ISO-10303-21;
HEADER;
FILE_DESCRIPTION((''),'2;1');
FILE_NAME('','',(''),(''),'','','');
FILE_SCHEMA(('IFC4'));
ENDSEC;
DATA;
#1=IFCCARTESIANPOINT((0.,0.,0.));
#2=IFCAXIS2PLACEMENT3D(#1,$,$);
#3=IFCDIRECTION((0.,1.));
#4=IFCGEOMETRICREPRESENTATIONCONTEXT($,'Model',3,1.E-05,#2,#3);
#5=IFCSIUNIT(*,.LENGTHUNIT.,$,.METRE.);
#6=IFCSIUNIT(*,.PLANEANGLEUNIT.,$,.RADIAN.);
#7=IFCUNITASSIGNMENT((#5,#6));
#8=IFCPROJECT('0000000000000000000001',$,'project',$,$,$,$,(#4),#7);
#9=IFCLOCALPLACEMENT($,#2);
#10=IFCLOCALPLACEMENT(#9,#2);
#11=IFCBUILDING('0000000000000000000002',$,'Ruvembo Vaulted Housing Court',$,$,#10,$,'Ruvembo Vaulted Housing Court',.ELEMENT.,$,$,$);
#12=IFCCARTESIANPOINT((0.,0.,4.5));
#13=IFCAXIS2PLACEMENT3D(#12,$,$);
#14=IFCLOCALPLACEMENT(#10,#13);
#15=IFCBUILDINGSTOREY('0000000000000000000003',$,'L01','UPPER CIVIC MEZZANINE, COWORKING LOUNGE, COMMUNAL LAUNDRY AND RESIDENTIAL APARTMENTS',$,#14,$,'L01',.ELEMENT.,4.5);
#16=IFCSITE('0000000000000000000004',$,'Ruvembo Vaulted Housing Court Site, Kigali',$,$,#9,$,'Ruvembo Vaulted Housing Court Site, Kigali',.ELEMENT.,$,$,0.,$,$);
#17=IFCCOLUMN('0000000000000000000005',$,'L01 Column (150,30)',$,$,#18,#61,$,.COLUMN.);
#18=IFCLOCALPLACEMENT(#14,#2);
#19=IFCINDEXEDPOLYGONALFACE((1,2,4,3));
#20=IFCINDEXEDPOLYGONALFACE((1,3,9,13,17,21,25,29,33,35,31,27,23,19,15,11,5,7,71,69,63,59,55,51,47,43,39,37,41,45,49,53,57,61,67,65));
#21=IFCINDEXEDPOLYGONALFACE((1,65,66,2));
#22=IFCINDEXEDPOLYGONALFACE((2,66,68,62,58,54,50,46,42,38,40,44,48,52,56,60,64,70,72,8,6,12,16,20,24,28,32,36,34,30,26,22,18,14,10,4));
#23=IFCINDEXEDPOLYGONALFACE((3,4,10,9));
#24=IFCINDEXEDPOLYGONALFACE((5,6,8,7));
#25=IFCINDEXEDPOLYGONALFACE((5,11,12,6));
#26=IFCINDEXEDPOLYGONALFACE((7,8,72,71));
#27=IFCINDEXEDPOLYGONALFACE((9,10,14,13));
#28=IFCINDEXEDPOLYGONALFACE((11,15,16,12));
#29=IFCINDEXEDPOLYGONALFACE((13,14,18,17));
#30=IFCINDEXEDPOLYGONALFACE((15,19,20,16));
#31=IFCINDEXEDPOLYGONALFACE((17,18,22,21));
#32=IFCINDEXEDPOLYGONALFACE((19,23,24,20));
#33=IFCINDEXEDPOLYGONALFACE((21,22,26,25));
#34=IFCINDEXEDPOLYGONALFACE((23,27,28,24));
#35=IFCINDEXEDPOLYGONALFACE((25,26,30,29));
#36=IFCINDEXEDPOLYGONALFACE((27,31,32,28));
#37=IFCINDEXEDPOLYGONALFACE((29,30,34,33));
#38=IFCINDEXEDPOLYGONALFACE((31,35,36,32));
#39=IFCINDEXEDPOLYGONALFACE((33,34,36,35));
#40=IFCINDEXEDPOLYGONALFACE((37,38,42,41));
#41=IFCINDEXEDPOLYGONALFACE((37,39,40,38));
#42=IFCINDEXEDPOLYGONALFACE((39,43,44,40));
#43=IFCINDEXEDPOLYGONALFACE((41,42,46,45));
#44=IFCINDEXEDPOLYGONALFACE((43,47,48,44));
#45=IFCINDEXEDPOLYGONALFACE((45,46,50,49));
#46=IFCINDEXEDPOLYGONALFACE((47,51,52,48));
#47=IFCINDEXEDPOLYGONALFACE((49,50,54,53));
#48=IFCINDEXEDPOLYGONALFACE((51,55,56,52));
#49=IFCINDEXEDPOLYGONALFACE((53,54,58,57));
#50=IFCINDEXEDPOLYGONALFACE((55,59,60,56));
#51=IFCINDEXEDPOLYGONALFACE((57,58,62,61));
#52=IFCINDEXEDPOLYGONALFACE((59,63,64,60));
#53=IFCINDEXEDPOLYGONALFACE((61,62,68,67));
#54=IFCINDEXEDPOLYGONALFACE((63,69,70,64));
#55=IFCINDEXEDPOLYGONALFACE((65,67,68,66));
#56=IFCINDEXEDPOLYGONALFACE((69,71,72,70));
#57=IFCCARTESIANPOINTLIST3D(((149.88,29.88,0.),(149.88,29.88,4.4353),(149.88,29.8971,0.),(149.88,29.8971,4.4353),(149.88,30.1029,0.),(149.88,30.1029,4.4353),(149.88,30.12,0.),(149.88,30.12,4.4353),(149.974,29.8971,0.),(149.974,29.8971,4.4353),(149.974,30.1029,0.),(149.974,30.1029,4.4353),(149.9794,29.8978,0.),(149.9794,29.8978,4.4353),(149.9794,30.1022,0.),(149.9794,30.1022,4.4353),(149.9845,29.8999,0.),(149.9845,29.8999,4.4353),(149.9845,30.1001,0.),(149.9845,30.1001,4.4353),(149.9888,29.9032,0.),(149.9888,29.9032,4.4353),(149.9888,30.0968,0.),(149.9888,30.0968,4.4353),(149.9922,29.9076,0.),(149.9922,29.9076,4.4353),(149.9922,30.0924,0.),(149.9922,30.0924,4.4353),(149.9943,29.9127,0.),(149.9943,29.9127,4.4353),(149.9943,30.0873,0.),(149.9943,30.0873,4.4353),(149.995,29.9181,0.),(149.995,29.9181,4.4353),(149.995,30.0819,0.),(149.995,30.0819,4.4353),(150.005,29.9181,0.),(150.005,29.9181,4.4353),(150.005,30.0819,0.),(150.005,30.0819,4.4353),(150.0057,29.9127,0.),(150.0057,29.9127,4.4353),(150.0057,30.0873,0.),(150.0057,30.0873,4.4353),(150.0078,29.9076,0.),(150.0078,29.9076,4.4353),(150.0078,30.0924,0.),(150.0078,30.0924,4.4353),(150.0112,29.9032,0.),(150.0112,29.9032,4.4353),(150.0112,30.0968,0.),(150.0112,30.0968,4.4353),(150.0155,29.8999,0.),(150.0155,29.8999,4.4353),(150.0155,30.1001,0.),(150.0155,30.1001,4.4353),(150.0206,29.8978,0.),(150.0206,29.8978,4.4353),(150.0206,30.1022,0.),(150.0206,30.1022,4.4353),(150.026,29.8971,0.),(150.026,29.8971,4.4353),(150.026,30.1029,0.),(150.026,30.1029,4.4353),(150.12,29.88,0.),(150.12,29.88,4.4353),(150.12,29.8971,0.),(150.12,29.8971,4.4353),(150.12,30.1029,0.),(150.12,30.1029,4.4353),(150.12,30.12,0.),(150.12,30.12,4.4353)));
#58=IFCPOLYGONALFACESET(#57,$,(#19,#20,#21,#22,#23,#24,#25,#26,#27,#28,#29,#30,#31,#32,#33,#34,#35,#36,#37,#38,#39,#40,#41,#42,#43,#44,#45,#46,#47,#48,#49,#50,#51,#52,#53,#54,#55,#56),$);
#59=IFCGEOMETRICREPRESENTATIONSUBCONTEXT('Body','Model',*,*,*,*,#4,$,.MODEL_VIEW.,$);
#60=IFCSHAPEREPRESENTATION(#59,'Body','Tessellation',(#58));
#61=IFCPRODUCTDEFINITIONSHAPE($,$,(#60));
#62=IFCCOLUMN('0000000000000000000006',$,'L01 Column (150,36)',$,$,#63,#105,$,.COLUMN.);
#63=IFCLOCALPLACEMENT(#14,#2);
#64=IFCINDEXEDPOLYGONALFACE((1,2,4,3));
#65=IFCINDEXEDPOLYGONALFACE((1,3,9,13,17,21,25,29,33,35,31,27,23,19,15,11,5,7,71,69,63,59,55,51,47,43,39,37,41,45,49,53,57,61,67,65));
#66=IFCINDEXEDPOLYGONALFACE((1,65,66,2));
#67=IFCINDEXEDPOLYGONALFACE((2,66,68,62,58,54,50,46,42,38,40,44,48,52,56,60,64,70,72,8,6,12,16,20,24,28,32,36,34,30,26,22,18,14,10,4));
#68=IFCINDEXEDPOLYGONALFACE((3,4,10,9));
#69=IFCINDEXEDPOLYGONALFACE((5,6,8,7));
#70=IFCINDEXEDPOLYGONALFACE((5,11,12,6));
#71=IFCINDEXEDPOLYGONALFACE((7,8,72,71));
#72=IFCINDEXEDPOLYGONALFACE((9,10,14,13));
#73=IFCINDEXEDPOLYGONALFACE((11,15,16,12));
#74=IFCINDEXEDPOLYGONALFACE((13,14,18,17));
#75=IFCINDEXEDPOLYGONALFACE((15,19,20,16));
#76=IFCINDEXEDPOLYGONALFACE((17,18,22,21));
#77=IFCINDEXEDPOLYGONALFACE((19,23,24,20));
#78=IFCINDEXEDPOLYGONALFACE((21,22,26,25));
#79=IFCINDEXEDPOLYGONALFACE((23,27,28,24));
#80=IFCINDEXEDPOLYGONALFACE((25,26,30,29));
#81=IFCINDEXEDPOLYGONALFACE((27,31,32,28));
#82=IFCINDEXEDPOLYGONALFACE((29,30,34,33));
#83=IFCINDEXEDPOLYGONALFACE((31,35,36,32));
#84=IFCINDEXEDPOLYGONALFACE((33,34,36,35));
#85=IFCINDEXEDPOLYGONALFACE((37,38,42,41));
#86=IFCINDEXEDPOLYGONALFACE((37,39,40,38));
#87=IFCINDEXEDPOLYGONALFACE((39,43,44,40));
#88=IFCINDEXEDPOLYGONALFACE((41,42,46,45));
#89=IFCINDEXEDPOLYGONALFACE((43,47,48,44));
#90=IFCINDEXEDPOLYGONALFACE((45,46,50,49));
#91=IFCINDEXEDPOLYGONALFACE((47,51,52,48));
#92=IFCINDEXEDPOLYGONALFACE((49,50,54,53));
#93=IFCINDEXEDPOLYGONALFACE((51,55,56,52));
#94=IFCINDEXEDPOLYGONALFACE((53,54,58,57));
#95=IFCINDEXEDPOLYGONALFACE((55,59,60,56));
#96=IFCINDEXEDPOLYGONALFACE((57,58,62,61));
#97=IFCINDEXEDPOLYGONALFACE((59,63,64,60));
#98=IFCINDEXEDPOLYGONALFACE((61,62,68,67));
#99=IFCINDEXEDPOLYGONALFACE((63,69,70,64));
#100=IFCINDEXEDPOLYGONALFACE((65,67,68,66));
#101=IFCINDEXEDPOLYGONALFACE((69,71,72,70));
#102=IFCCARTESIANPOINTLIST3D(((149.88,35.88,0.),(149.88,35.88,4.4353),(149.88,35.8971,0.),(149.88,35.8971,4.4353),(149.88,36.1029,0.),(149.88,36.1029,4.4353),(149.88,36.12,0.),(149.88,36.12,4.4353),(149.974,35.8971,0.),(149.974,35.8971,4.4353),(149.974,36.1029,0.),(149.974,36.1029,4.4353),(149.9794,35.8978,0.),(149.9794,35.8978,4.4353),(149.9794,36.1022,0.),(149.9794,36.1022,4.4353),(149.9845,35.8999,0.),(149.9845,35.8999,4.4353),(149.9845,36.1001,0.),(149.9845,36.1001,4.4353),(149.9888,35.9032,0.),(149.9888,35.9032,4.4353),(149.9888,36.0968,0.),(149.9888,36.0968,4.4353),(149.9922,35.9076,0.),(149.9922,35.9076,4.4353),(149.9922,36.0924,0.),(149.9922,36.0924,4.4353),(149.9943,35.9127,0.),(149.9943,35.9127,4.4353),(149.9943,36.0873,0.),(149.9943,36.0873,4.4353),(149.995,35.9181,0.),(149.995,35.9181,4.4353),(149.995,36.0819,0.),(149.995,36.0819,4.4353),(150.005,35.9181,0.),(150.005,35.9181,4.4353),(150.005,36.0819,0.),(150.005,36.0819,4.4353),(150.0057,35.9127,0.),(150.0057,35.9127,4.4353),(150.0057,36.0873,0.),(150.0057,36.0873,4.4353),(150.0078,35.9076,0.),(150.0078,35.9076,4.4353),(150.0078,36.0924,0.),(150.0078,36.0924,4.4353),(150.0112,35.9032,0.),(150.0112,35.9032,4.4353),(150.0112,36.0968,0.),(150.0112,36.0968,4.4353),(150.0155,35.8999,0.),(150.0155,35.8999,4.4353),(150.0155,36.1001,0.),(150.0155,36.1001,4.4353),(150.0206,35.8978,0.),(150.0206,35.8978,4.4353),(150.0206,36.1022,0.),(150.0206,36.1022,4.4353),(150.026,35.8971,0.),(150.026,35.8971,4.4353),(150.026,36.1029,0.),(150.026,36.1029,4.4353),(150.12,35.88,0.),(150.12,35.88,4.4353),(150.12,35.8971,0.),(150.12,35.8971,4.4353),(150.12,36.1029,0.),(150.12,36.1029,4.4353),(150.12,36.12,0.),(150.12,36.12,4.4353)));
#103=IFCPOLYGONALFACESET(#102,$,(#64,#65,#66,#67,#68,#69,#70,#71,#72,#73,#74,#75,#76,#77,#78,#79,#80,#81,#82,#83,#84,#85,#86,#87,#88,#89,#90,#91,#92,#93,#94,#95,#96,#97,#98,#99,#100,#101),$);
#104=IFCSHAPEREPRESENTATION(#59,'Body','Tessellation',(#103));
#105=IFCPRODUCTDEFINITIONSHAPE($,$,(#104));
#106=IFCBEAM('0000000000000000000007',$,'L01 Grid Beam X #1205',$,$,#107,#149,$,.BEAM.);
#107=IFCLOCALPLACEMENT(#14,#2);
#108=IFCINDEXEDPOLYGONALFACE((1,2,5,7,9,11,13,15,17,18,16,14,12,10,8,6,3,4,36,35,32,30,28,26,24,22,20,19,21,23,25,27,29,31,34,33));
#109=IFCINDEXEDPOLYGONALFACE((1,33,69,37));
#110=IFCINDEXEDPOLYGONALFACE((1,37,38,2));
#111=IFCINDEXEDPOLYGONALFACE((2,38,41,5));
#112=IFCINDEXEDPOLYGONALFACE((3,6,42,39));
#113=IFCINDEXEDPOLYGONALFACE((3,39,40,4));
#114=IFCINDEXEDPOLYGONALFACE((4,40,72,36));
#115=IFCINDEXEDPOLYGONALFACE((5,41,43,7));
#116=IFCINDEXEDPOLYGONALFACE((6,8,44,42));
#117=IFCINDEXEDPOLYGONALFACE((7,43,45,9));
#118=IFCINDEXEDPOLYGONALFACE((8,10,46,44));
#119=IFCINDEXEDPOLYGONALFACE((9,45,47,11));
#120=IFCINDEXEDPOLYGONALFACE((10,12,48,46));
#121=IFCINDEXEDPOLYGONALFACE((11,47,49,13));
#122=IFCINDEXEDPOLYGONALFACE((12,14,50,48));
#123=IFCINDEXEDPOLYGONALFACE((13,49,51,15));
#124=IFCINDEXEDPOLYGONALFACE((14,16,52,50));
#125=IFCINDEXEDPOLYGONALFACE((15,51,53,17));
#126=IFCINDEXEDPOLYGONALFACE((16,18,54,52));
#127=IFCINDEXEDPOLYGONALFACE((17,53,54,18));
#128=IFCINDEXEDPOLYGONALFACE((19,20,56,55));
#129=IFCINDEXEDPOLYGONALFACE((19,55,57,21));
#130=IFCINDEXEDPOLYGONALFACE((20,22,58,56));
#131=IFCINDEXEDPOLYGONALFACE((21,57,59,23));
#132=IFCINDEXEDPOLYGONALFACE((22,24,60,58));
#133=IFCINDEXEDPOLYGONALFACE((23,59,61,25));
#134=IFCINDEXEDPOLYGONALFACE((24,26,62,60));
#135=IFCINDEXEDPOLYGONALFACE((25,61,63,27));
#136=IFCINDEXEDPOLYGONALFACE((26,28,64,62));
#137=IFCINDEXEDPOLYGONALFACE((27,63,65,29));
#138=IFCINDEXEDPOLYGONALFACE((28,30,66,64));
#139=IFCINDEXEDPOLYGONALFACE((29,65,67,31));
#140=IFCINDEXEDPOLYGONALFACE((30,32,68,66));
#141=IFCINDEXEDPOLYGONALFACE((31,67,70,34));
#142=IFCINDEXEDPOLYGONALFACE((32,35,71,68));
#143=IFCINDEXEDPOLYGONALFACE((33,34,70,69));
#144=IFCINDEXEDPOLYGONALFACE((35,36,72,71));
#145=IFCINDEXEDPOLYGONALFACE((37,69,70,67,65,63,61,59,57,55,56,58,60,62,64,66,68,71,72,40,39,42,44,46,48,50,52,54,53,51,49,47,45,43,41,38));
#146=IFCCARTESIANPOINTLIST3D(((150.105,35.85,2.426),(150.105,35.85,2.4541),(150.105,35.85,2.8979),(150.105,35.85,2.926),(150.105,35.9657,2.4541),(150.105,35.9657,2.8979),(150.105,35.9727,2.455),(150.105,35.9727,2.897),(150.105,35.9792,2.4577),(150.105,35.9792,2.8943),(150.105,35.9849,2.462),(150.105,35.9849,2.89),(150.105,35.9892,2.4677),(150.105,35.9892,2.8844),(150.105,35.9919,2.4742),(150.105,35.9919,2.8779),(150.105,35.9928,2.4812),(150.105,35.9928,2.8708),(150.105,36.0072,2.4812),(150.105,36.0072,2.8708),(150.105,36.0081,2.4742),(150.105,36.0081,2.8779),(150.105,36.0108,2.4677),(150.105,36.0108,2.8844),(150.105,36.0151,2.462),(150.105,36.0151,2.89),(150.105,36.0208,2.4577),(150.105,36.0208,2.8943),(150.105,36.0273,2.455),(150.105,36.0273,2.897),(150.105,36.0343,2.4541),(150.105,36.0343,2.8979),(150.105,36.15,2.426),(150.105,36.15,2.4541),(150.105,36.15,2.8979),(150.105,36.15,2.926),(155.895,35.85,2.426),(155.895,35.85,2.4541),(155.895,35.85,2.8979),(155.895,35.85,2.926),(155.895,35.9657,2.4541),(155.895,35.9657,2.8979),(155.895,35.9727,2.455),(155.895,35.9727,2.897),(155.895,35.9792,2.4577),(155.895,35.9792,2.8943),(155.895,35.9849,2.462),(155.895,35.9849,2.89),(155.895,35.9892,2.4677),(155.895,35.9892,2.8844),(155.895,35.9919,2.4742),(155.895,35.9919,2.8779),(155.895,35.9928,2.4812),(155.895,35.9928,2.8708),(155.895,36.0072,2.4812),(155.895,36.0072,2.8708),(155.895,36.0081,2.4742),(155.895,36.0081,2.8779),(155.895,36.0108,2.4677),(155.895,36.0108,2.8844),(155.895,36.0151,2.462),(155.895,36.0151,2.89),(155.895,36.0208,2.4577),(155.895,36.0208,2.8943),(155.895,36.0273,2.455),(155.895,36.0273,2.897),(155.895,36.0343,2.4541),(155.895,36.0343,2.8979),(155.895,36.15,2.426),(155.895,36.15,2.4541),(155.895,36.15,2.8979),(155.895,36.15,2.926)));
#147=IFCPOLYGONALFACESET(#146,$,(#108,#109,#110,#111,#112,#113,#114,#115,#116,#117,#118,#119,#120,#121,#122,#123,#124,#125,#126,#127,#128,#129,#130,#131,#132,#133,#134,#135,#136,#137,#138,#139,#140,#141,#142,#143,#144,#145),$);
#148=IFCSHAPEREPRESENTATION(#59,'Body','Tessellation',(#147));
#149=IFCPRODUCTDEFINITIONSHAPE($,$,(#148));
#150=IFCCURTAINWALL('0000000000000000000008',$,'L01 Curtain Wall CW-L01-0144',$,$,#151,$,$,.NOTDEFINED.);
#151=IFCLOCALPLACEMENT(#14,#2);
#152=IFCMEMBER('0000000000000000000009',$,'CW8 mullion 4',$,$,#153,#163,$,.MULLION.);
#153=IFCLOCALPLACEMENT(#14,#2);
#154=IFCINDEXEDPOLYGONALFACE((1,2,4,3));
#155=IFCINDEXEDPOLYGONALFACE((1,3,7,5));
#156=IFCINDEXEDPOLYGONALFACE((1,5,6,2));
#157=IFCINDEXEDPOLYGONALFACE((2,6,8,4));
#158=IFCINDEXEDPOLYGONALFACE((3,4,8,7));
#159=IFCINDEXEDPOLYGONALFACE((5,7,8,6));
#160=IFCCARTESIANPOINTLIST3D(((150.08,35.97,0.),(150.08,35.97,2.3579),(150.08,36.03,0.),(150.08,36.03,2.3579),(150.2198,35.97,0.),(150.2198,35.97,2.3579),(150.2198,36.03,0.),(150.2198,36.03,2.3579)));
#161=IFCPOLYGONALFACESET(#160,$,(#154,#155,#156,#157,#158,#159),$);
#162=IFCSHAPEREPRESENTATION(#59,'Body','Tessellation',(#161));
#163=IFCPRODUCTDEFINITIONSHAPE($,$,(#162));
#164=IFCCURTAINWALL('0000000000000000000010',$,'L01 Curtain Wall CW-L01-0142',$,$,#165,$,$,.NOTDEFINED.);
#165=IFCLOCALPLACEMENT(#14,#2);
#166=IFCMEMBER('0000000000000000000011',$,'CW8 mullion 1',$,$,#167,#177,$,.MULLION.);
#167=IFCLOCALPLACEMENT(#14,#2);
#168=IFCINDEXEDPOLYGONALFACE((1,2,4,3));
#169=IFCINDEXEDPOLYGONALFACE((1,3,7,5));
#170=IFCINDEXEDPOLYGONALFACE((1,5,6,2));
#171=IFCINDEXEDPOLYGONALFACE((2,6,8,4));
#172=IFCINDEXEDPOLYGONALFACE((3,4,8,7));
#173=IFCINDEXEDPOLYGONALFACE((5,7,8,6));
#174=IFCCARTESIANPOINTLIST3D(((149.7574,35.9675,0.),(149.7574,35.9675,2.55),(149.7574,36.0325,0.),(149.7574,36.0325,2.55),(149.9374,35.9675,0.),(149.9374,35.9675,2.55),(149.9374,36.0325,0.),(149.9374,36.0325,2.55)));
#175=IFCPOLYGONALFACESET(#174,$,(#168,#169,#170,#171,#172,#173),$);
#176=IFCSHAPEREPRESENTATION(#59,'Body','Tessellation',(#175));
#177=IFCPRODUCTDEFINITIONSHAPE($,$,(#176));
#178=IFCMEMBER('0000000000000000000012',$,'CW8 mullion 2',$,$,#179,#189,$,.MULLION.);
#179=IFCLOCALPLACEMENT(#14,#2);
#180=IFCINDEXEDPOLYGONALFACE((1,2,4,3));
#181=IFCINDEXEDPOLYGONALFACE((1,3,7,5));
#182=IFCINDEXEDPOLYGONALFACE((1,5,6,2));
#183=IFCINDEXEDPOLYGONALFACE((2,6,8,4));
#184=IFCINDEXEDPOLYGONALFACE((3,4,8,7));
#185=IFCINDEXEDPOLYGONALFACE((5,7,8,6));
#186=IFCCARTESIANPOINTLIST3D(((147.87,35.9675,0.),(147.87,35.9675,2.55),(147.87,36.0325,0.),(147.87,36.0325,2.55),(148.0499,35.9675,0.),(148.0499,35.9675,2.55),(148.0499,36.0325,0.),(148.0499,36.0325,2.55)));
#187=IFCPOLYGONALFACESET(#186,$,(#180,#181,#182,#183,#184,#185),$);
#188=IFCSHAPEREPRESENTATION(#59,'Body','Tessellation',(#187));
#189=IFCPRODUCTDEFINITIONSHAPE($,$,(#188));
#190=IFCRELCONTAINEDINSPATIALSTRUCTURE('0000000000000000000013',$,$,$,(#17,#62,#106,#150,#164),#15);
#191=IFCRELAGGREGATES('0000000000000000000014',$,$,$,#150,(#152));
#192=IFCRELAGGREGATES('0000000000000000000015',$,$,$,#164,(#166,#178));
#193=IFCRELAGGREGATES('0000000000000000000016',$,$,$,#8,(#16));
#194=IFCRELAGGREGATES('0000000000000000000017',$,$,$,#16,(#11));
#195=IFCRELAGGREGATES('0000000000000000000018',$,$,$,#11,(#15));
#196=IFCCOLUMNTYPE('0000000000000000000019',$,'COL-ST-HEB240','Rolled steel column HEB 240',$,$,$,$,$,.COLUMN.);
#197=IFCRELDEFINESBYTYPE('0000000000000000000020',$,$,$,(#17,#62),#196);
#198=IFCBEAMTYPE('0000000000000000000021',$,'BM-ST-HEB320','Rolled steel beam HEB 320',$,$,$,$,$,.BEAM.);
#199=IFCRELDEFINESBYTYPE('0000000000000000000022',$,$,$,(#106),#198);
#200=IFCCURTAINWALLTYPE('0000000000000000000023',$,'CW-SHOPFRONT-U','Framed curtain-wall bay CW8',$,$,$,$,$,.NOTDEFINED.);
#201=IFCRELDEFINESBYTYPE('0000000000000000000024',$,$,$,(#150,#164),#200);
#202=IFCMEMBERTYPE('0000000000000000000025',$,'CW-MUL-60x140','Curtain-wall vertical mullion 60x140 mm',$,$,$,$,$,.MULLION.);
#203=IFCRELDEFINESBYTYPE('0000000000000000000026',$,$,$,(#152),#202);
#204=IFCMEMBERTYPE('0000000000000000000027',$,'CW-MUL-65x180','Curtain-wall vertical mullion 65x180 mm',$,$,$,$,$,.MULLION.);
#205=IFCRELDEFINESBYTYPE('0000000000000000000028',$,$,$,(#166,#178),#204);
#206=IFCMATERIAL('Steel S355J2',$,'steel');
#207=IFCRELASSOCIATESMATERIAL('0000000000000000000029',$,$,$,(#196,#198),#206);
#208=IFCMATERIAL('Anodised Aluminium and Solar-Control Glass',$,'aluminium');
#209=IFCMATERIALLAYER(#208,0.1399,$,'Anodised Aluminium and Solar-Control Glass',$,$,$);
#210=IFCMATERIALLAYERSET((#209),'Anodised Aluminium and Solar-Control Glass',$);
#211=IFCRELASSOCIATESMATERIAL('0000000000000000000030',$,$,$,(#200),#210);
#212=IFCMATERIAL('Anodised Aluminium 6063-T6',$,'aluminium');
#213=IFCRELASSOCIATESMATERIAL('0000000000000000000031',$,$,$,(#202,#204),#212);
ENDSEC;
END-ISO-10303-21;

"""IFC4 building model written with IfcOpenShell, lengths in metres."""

from ifc_helpers import new_model, si_unit, direction, frame, origin, origin_2d, place, context, subcontext, project, spatial, rectangle, i_section, extrude, material, layer, layer_set, material_profile, profile_set, type_object, element, aggregate, save


model = new_model("IFC4")

# Units and contexts
model_context = context("Model", 3, precision=1e-05, world=origin(), true_north=direction((0.0, 1.0)))
body_context = subcontext(model_context, "Body", "Model", "MODEL_VIEW")
ifc_project = project(units=[si_unit("LENGTHUNIT", "METRE"), si_unit("PLANEANGLEUNIT", "RADIAN")], contexts=[model_context])

# Site, building, storey
site_placement = place(None, origin())
site = spatial("IfcSite", under=ifc_project, at=site_placement, Name="Ruvembo Vaulted Housing Court Site, Kigali", LongName="Ruvembo Vaulted Housing Court Site, Kigali", CompositionType="ELEMENT", RefElevation=0.0)
building_placement = place(site_placement, origin())
building = spatial("IfcBuilding", under=site, at=building_placement, Name="Ruvembo Vaulted Housing Court", LongName="Ruvembo Vaulted Housing Court", CompositionType="ELEMENT")
storey_placement = place(building_placement, frame((0.0, 0.0, 4.5)))
storey = spatial("IfcBuildingStorey", under=building, at=storey_placement, Name="L01", Description="UPPER CIVIC MEZZANINE, COWORKING LOUNGE, COMMUNAL LAUNDRY AND RESIDENTIAL APARTMENTS", LongName="L01", CompositionType="ELEMENT", Elevation=4.5)

# Columns
ifc_material_1 = material(Name="Steel S355J2", Category="steel")
ifc_material_profile_1 = material_profile(ifc_material_1, i_section(OverallWidth=0.24, OverallDepth=0.24, WebThickness=0.01, FlangeThickness=0.0171, FilletRadius=0.021, at=origin_2d()), Name="HEB 240")
ifc_profile_set_1 = profile_set([ifc_material_profile_1], Name="Steel S355J2")
column_type = type_object("IfcColumnType", Name="COL-ST-HEB240", Description="Rolled steel column HEB 240", PredefinedType="COLUMN", material=ifc_profile_set_1)
for number, where, z_axis, x_axis, name in (
    (1, (150.0, 30.0, 0.0), (0.0, 0.0, 1.0), (1.0, 0.0, 0.0), "L01 Column (150,30)"),
    (2, (150.0, 36.0, 0.0), (0.0, 0.0, 1.0), (1.0, 0.0, 0.0), "L01 Column (150,36)"),
):
    element("IfcColumn", number, at=place(storey_placement, frame(where, z_axis=z_axis, x_axis=x_axis)), inside=storey, type_object=column_type, Name=name, PredefinedType="COLUMN", context=body_context, shape_type="SweptSolid", body=[
        extrude(i_section(OverallWidth=0.24, OverallDepth=0.24, WebThickness=0.01, FlangeThickness=0.0171, FilletRadius=0.021, at=origin_2d()), origin(), (0.0, 0.0, 1.0), 4.4353),
    ])

# Beam
ifc_material_profile_2 = material_profile(ifc_material_1, i_section(OverallWidth=0.3, OverallDepth=0.5, WebThickness=0.0144, FlangeThickness=0.0281, FilletRadius=0.0271, at=origin_2d()), Name="HEB 320")
ifc_profile_set_2 = profile_set([ifc_material_profile_2], Name="Steel S355J2")
beam_type = type_object("IfcBeamType", Name="BM-ST-HEB320", Description="Rolled steel beam HEB 320", PredefinedType="BEAM", material=ifc_profile_set_2)
beam_placement = place(storey_placement, frame((150.105, 36.0, 2.676), z_axis=(1.0, 0.0, 0.0), x_axis=(0.0, 1.0, 0.0)))
element("IfcBeam", 3, at=beam_placement, inside=storey, type_object=beam_type, Name="L01 Grid Beam X #1205", PredefinedType="BEAM", context=body_context, shape_type="SweptSolid", body=[
    extrude(i_section(OverallWidth=0.3, OverallDepth=0.5, WebThickness=0.0144, FlangeThickness=0.0281, FilletRadius=0.0271, at=origin_2d()), origin(), (0.0, 0.0, 1.0), 5.79),
])

# Curtain wall, member
ifc_material_2 = material(Name="Anodised Aluminium and Solar-Control Glass", Category="aluminium")
ifc_layer_1 = layer(ifc_material_2, 0.1399, Name="Anodised Aluminium and Solar-Control Glass")
ifc_layer_set_1 = layer_set([ifc_layer_1], Name="Anodised Aluminium and Solar-Control Glass")
curtain_wall_type = type_object("IfcCurtainWallType", Name="CW-SHOPFRONT-U", Description="Framed curtain-wall bay CW8", PredefinedType="NOTDEFINED", material=ifc_layer_set_1)
curtain_wall_1_placement = place(storey_placement, origin())
curtain_wall_1 = element("IfcCurtainWall", 4, at=curtain_wall_1_placement, inside=storey, type_object=curtain_wall_type, Name="L01 Curtain Wall CW-L01-0144", PredefinedType="NOTDEFINED")
ifc_material_3 = material(Name="Anodised Aluminium 6063-T6", Category="aluminium")
ifc_material_profile_3 = material_profile(ifc_material_3, rectangle(XDim=0.0601, YDim=0.1399, at=origin_2d()), Name="ALU 60x140")
ifc_profile_set_3 = profile_set([ifc_material_profile_3], Name="Anodised Aluminium 6063-T6")
member_type_1 = type_object("IfcMemberType", Name="CW-MUL-60x140", Description="Curtain-wall vertical mullion 60x140 mm", PredefinedType="MULLION", material=ifc_profile_set_3)
member_1_placement = place(storey_placement, frame((150.1499, 36.0, 0.0), z_axis=(0.0, 0.0, 1.0), x_axis=(0.0, -1.0, 0.0)))
member_1 = element("IfcMember", 5, at=member_1_placement, type_object=member_type_1, Name="CW8 mullion 4", PredefinedType="MULLION", context=body_context, shape_type="SweptSolid", body=[
    extrude(rectangle(XDim=0.0601, YDim=0.1399, at=origin_2d()), origin(), (0.0, 0.0, 1.0), 2.3579),
])

# Curtain wall, members
curtain_wall_2_placement = place(storey_placement, origin())
curtain_wall_2 = element("IfcCurtainWall", 6, at=curtain_wall_2_placement, inside=storey, type_object=curtain_wall_type, Name="L01 Curtain Wall CW-L01-0142", PredefinedType="NOTDEFINED")
ifc_material_profile_4 = material_profile(ifc_material_3, rectangle(XDim=0.0649, YDim=0.1799, at=origin_2d()), Name="ALU 65x180")
ifc_profile_set_4 = profile_set([ifc_material_profile_4], Name="Anodised Aluminium 6063-T6")
member_type_2 = type_object("IfcMemberType", Name="CW-MUL-65x180", Description="Curtain-wall vertical mullion 65x180 mm", PredefinedType="MULLION", material=ifc_profile_set_4)
member_2_placement = place(storey_placement, frame((149.8474, 36.0, 0.0), z_axis=(0.0, 0.0, 1.0), x_axis=(0.0, -1.0, 0.0)))
member_2 = element("IfcMember", 7, at=member_2_placement, type_object=member_type_2, Name="CW8 mullion 1", PredefinedType="MULLION", context=body_context, shape_type="SweptSolid", body=[
    extrude(rectangle(XDim=0.0649, YDim=0.1799, at=origin_2d()), origin(), (0.0, 0.0, 1.0), 2.55),
])
member_3_placement = place(storey_placement, frame((147.96, 36.0, 0.0), z_axis=(0.0, 0.0, 1.0), x_axis=(0.0, -1.0, 0.0)))
member_3 = element("IfcMember", 8, at=member_3_placement, type_object=member_type_2, Name="CW8 mullion 2", PredefinedType="MULLION", context=body_context, shape_type="SweptSolid", body=[
    extrude(rectangle(XDim=0.0649, YDim=0.1799, at=origin_2d()), origin(), (0.0, 0.0, 1.0), 2.55),
])

aggregate(curtain_wall_1, [member_1])
aggregate(curtain_wall_2, [member_2, member_3])

save(model, "model.ifc")
